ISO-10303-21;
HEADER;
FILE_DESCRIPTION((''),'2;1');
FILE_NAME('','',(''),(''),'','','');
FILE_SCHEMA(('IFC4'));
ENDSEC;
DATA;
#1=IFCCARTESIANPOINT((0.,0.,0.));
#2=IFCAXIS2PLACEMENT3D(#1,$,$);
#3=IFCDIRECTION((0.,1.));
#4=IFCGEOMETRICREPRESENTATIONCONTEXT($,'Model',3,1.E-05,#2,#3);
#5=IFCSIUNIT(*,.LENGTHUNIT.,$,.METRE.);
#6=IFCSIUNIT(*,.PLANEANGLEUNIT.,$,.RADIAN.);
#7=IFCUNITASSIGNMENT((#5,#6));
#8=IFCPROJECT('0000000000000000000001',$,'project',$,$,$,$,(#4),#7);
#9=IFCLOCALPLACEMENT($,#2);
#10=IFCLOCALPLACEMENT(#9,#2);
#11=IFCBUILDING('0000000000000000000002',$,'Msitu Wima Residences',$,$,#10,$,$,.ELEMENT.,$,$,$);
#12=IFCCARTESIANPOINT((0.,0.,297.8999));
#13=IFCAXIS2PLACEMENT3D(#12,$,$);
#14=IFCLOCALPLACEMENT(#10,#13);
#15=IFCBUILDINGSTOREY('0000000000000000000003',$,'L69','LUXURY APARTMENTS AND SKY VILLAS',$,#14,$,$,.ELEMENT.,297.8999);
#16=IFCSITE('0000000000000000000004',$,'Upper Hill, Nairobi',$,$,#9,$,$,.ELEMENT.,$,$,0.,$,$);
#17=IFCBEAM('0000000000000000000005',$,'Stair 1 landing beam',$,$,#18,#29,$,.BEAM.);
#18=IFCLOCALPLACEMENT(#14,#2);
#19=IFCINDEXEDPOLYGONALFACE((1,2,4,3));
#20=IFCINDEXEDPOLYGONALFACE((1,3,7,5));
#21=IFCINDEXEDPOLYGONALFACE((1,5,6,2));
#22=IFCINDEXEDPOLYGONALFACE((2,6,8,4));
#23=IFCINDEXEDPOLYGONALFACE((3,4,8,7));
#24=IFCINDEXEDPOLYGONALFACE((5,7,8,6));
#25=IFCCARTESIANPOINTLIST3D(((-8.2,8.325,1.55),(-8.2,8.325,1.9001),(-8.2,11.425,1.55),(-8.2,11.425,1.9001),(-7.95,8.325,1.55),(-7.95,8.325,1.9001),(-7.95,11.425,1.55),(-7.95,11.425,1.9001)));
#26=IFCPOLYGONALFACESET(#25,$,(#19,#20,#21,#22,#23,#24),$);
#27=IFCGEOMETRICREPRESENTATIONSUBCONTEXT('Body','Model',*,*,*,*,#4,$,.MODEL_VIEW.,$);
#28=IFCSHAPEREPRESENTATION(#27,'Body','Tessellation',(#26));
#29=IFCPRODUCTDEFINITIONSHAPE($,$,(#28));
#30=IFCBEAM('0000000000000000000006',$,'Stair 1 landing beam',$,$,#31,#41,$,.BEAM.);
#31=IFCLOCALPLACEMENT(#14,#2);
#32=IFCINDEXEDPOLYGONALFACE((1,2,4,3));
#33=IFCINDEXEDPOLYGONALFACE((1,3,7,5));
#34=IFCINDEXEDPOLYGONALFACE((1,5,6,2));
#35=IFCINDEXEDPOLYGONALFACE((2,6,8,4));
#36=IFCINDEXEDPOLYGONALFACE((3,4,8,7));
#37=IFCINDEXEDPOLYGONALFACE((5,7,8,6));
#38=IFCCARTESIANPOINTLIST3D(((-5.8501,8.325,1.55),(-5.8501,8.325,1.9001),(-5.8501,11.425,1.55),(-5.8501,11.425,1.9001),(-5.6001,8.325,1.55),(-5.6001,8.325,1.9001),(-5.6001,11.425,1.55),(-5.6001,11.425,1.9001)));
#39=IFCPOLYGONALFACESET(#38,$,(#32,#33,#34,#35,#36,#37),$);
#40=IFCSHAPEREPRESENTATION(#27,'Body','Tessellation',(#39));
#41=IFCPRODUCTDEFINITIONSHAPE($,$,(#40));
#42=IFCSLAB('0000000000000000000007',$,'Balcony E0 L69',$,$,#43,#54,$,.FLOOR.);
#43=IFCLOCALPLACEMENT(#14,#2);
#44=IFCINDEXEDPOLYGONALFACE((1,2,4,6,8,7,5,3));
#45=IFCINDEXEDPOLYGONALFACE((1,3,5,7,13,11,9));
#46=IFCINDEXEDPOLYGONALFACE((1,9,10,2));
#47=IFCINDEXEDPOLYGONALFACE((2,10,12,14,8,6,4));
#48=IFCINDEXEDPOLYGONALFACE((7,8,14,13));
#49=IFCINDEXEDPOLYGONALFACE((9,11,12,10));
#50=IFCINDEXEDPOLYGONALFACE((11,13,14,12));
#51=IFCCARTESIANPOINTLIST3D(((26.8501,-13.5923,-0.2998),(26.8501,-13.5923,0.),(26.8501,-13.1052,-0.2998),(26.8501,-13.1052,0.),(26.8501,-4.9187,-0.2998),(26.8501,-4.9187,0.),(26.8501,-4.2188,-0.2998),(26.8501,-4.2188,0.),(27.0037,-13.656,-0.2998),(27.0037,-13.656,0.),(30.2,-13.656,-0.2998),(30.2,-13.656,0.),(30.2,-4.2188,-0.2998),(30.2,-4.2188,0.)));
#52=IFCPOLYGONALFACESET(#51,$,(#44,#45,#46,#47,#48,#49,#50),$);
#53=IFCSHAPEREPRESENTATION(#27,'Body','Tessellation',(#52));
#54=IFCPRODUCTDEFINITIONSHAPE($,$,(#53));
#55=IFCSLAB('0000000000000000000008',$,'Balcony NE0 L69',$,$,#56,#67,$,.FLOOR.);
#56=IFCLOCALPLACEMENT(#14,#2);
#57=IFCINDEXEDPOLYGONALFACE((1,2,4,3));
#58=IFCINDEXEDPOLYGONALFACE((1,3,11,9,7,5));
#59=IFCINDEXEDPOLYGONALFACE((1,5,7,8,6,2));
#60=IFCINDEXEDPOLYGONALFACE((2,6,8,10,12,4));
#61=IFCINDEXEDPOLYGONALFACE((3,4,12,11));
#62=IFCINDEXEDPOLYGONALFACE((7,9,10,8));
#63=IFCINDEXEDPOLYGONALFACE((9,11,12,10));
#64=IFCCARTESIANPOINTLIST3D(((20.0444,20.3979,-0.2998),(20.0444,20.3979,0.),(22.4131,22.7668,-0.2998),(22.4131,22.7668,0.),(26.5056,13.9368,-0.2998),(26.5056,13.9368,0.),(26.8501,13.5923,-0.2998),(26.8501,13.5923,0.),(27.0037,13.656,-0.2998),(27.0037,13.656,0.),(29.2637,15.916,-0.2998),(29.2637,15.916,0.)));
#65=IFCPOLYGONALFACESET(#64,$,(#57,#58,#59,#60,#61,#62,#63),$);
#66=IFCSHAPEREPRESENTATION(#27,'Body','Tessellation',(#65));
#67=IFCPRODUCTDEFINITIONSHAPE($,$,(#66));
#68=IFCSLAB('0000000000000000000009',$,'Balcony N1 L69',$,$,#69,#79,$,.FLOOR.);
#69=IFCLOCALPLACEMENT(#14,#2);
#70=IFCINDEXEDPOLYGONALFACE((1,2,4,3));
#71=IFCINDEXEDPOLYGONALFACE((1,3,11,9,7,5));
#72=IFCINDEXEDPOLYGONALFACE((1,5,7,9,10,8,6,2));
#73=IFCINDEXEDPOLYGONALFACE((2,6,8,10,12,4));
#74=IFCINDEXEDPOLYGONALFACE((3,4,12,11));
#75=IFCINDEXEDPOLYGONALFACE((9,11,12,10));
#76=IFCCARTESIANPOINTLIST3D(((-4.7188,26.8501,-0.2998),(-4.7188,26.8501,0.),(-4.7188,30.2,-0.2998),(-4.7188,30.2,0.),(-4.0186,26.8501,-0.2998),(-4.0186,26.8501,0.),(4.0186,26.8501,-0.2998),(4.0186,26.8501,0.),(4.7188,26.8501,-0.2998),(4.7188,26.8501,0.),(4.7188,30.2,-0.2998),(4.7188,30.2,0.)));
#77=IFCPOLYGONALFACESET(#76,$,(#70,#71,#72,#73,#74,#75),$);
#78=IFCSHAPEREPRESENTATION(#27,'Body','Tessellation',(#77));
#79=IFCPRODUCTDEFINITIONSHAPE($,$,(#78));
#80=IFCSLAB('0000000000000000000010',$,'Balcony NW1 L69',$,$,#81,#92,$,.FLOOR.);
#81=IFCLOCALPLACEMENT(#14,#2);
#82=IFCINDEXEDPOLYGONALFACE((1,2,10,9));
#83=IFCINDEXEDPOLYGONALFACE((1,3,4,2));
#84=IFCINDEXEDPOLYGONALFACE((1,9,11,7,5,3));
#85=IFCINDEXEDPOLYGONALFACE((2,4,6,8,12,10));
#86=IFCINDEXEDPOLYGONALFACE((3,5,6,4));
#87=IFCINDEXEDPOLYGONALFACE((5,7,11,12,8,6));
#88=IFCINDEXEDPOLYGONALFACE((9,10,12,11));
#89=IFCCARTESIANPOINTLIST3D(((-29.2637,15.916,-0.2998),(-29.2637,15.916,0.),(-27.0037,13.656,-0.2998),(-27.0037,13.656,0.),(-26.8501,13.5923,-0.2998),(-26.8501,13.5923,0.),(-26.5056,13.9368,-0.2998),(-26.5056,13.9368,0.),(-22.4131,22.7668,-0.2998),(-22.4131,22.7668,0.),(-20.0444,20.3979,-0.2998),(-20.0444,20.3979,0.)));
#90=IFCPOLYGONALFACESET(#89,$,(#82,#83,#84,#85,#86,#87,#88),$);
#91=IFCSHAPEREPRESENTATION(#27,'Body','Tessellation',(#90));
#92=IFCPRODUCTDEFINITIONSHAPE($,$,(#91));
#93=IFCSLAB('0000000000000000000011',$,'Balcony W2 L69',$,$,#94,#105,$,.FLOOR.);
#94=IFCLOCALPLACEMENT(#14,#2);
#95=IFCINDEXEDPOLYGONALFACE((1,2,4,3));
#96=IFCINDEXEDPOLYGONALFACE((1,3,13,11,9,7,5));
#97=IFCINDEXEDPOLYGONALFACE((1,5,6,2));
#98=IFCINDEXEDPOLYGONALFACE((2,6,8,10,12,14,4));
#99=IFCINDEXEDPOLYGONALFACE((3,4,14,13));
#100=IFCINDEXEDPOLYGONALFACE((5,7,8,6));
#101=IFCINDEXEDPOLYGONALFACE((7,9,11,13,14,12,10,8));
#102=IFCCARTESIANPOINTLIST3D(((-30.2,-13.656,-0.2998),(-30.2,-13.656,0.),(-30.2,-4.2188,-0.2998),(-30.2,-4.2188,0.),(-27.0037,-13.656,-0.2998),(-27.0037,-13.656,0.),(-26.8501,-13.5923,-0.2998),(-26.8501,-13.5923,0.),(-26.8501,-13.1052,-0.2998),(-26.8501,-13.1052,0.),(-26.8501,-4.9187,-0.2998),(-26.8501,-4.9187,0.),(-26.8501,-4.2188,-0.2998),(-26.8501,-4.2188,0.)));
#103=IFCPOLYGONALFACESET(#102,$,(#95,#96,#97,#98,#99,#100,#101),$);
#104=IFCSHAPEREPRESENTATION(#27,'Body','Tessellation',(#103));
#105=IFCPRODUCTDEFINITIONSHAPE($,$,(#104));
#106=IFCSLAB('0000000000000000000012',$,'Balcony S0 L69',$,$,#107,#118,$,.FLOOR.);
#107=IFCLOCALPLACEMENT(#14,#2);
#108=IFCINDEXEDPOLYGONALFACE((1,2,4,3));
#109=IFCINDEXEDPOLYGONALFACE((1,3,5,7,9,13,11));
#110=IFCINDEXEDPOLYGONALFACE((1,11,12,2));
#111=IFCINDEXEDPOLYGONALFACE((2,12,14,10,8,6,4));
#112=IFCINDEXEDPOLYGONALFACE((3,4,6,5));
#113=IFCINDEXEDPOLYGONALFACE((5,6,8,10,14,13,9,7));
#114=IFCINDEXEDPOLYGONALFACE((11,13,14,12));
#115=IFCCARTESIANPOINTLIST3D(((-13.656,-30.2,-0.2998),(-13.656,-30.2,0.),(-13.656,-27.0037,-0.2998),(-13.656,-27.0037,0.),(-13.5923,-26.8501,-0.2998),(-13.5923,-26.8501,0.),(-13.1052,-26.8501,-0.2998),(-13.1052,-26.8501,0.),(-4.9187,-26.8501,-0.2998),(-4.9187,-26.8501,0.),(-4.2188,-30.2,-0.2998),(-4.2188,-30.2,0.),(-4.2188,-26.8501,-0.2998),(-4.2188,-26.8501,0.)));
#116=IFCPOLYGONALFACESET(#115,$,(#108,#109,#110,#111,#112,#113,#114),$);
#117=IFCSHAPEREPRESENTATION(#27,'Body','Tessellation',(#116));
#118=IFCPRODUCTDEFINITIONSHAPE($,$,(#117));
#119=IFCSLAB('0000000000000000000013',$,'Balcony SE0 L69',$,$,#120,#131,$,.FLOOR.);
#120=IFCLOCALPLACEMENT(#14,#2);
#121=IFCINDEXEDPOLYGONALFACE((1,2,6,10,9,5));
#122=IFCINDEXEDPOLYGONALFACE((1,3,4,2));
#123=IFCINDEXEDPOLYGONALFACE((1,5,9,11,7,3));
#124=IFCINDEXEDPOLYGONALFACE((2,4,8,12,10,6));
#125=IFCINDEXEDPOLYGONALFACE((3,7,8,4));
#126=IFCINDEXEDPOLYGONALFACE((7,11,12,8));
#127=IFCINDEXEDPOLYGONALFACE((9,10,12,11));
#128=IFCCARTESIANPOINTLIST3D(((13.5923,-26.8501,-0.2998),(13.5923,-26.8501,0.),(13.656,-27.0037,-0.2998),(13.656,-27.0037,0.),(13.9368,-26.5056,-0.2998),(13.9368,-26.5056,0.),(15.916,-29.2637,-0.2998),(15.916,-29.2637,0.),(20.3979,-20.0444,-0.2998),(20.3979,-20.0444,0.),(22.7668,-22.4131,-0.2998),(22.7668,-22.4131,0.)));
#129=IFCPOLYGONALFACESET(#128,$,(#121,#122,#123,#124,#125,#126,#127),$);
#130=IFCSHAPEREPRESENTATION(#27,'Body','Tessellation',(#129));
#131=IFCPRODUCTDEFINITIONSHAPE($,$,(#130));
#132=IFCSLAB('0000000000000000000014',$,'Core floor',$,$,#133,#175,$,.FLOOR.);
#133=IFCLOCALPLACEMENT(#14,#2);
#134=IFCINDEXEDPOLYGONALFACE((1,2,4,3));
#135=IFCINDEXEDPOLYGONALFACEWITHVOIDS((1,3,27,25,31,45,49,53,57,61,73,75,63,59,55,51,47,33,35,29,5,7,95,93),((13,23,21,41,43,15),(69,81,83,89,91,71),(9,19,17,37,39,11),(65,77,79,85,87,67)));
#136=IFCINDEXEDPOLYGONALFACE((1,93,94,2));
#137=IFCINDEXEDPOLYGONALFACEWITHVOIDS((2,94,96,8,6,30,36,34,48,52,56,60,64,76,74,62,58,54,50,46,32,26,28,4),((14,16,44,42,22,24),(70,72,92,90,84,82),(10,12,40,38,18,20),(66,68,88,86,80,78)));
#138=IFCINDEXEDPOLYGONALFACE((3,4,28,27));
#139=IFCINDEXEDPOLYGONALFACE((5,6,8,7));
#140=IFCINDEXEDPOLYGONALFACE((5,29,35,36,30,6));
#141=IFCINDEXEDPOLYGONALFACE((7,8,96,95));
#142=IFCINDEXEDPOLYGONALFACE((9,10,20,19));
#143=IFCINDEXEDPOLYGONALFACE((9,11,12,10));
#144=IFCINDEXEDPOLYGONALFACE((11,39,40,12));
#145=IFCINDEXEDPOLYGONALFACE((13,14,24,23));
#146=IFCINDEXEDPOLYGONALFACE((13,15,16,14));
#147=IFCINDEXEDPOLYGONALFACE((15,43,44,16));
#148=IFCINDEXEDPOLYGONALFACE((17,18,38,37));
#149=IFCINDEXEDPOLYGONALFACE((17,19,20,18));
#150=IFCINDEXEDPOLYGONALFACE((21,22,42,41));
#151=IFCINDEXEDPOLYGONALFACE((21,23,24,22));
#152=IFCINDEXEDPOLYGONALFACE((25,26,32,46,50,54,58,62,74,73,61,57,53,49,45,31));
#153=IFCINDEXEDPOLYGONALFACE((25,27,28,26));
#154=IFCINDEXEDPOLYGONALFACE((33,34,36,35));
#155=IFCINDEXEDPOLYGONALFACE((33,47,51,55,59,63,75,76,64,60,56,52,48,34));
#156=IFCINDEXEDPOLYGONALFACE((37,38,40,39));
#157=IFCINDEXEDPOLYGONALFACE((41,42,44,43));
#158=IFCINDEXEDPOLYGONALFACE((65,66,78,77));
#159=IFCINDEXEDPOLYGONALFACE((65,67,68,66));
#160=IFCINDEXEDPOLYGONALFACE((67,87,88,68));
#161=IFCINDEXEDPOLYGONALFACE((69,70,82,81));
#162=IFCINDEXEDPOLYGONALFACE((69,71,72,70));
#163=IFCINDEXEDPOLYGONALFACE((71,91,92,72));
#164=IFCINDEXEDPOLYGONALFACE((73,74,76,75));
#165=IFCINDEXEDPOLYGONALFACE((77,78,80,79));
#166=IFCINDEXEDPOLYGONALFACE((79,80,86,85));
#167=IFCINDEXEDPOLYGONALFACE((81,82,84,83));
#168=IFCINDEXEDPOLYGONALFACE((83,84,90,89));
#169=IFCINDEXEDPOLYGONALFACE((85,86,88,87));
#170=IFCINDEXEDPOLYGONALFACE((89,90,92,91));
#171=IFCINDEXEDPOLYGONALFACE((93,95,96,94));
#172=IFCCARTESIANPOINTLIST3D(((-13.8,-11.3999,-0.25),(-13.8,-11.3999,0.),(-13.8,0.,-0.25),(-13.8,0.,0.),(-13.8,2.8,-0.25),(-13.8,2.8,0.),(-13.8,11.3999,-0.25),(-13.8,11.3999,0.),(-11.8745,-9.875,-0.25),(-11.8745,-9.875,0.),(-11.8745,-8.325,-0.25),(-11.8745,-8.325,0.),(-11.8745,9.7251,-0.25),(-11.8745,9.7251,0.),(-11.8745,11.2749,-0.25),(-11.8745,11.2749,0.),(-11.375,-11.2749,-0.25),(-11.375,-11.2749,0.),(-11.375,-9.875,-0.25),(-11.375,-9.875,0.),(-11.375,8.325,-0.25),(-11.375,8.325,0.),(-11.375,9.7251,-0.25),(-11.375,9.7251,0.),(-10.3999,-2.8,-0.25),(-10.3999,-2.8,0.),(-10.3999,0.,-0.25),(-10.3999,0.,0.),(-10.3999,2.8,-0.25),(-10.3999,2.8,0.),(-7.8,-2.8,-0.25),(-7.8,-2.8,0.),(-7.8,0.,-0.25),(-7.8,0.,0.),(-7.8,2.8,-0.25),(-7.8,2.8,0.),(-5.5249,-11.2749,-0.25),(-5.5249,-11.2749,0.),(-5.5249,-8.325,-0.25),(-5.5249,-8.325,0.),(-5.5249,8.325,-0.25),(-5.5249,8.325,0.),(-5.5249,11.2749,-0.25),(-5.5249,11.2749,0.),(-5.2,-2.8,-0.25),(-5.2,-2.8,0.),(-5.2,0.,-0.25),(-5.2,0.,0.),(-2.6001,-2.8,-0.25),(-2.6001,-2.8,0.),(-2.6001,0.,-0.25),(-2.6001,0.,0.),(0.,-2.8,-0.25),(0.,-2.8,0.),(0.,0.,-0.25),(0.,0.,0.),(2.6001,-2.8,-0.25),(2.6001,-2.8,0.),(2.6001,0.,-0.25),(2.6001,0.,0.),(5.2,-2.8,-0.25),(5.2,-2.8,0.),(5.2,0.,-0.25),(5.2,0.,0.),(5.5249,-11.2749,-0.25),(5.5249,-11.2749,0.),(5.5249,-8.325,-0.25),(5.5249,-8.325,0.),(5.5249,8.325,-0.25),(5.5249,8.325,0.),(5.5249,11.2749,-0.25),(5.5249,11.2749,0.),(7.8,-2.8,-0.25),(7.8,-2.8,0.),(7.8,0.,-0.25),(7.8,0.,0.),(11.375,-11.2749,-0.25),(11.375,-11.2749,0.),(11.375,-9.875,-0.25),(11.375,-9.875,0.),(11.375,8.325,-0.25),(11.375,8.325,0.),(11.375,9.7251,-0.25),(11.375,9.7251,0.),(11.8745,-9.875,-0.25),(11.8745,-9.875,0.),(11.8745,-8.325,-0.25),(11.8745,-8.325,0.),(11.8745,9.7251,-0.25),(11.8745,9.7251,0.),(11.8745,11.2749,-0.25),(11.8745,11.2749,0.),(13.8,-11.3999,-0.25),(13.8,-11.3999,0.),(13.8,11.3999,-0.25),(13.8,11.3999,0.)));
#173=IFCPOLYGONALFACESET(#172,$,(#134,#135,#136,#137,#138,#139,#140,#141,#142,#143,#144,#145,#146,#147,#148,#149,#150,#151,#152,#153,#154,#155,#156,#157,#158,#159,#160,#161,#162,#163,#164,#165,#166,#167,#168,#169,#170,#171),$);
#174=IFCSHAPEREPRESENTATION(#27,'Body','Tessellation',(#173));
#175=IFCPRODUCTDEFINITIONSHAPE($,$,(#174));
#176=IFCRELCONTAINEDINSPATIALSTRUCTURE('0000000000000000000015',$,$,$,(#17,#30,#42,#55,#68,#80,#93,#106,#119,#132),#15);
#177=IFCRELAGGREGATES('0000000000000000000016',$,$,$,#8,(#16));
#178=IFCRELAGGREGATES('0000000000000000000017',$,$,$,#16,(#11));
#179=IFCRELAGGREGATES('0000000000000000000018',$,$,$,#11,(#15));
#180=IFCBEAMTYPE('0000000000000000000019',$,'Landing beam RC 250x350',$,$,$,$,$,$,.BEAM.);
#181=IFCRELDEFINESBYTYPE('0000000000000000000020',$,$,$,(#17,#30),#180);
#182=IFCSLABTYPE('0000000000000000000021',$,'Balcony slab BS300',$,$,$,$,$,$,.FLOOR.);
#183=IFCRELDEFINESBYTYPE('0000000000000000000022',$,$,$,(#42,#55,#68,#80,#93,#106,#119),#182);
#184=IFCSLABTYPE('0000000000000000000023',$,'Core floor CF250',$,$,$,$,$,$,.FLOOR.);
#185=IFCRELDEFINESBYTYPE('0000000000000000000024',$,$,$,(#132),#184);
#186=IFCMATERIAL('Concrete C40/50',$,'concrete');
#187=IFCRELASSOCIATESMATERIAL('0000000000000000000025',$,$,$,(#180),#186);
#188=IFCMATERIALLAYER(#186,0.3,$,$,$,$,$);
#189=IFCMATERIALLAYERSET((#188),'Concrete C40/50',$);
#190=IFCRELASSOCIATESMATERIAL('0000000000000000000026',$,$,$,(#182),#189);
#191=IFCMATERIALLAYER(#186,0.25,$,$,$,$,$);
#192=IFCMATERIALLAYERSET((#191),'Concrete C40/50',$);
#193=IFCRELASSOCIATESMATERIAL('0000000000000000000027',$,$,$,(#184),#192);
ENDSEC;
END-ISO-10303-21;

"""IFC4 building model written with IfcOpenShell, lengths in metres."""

from ifc_helpers import new_model, si_unit, direction, frame, origin, origin_2d, place, context, subcontext, project, spatial, polyline, rectangle, outline, extrude, material, layer, layer_set, material_profile, profile_set, type_object, element, save


model = new_model("IFC4")

# Units and contexts
model_context = context("Model", 3, precision=1e-05, world=origin(), true_north=direction((0.0, 1.0)))
body_context = subcontext(model_context, "Body", "Model", "MODEL_VIEW")
ifc_project = project(units=[si_unit("LENGTHUNIT", "METRE"), si_unit("PLANEANGLEUNIT", "RADIAN")], contexts=[model_context])

# Site, building, storey
site_placement = place(None, origin())
site = spatial("IfcSite", under=ifc_project, at=site_placement, Name="Upper Hill, Nairobi", CompositionType="ELEMENT", RefElevation=0.0)
building_placement = place(site_placement, origin())
building = spatial("IfcBuilding", under=site, at=building_placement, Name="Msitu Wima Residences", CompositionType="ELEMENT")
storey_placement = place(building_placement, frame((0.0, 0.0, 297.8999)))
storey = spatial("IfcBuildingStorey", under=building, at=storey_placement, Name="L69", Description="LUXURY APARTMENTS AND SKY VILLAS", CompositionType="ELEMENT", Elevation=297.8999)

# Beams
ifc_material_1 = material(Name="Concrete C40/50", Category="concrete")
ifc_material_profile = material_profile(ifc_material_1, rectangle(XDim=0.25, YDim=0.3501, at=origin_2d()), Name="RC 250x350")
ifc_profile_set = profile_set([ifc_material_profile], Name="Concrete C40/50")
beam_type = type_object("IfcBeamType", Name="Landing beam RC 250x350", PredefinedType="BEAM", material=ifc_profile_set)
for number, where, z_axis, x_axis, name in (
    (1, (-8.075, 8.325, 1.7251), (0.0, 1.0, 0.0), (-1.0, 0.0, 0.0), "Stair 1 landing beam"),
    (2, (-5.7251, 8.325, 1.7251), (0.0, 1.0, 0.0), (-1.0, 0.0, 0.0), "Stair 1 landing beam"),
):
    element("IfcBeam", number, at=place(storey_placement, frame(where, z_axis=z_axis, x_axis=x_axis)), inside=storey, type_object=beam_type, Name=name, PredefinedType="BEAM", context=body_context, shape_type="SweptSolid", body=[
        extrude(rectangle(XDim=0.25, YDim=0.3501, at=origin_2d()), origin(), (0.0, 0.0, 1.0), 3.1001),
    ])

# Slabs
ifc_layer_1 = layer(ifc_material_1, 0.3)
ifc_layer_set_1 = layer_set([ifc_layer_1], Name="Concrete C40/50")
slab_type_1 = type_object("IfcSlabType", Name="Balcony slab BS300", PredefinedType="FLOOR", material=ifc_layer_set_1)
slab_1_placement = place(storey_placement, frame((0.0, 0.0, -0.2998)))
element("IfcSlab", 3, at=slab_1_placement, inside=storey, type_object=slab_type_1, Name="Balcony E0 L69", PredefinedType="FLOOR", context=body_context, shape_type="SweptSolid", body=[
    extrude(outline(polyline([(26.8501, -13.1052), (26.8501, -13.1052), (26.8501, -4.9187), (26.8501, -4.2188), (30.2, -4.2188), (30.2, -13.656), (27.0037, -13.656), (26.8501, -13.5923), (26.8501, -13.1052), (26.8501, -13.1052)])), origin(), (0.0, 0.0, 1.0), 0.2998),
])
slab_2_placement = place(storey_placement, frame((0.0, 0.0, -0.2998)))
element("IfcSlab", 4, at=slab_2_placement, inside=storey, type_object=slab_type_1, Name="Balcony NE0 L69", PredefinedType="FLOOR", context=body_context, shape_type="SweptSolid", body=[
    extrude(outline(polyline([(26.5056, 13.9368), (26.5056, 13.9368), (20.0444, 20.3979), (22.4131, 22.7668), (29.2637, 15.916), (27.0037, 13.656), (26.8501, 13.5923), (26.5056, 13.9368), (26.5056, 13.9368)])), origin(), (0.0, 0.0, 1.0), 0.2998),
])
slab_3_placement = place(storey_placement, frame((0.0, 0.0, -0.2998)))
element("IfcSlab", 5, at=slab_3_placement, inside=storey, type_object=slab_type_1, Name="Balcony N1 L69", PredefinedType="FLOOR", context=body_context, shape_type="SweptSolid", body=[
    extrude(outline(polyline([(4.0186, 26.8501), (-4.0186, 26.8501), (-4.7188, 26.8501), (-4.7188, 30.2), (4.7188, 30.2), (4.7188, 26.8501), (4.0186, 26.8501)])), origin(), (0.0, 0.0, 1.0), 0.2998),
])
slab_4_placement = place(storey_placement, frame((0.0, 0.0, -0.2998)))
element("IfcSlab", 6, at=slab_4_placement, inside=storey, type_object=slab_type_1, Name="Balcony NW1 L69", PredefinedType="FLOOR", context=body_context, shape_type="SweptSolid", body=[
    extrude(outline(polyline([(-26.5056, 13.9368), (-26.5056, 13.9368), (-26.8501, 13.5923), (-27.0037, 13.656), (-29.2637, 15.916), (-22.4131, 22.7668), (-20.0444, 20.3979), (-26.5056, 13.9368), (-26.5056, 13.9368)])), origin(), (0.0, 0.0, 1.0), 0.2998),
])
slab_5_placement = place(storey_placement, frame((0.0, 0.0, -0.2998)))
element("IfcSlab", 7, at=slab_5_placement, inside=storey, type_object=slab_type_1, Name="Balcony W2 L69", PredefinedType="FLOOR", context=body_context, shape_type="SweptSolid", body=[
    extrude(outline(polyline([(-26.8501, -13.1052), (-26.8501, -13.1052), (-26.8501, -13.1052), (-26.8501, -13.5923), (-27.0037, -13.656), (-30.2, -13.656), (-30.2, -4.2188), (-26.8501, -4.2188), (-26.8501, -4.9187), (-26.8501, -13.1052)])), origin(), (0.0, 0.0, 1.0), 0.2998),
])
slab_6_placement = place(storey_placement, frame((0.0, 0.0, -0.2998)))
element("IfcSlab", 8, at=slab_6_placement, inside=storey, type_object=slab_type_1, Name="Balcony S0 L69", PredefinedType="FLOOR", context=body_context, shape_type="SweptSolid", body=[
    extrude(outline(polyline([(-13.1052, -26.8501), (-13.1052, -26.8501), (-4.9187, -26.8501), (-4.2188, -26.8501), (-4.2188, -30.2), (-13.656, -30.2), (-13.656, -27.0037), (-13.5923, -26.8501), (-13.1052, -26.8501), (-13.1052, -26.8501)])), origin(), (0.0, 0.0, 1.0), 0.2998),
])
slab_7_placement = place(storey_placement, frame((0.0, 0.0, -0.2998)))
element("IfcSlab", 9, at=slab_7_placement, inside=storey, type_object=slab_type_1, Name="Balcony SE0 L69", PredefinedType="FLOOR", context=body_context, shape_type="SweptSolid", body=[
    extrude(outline(polyline([(13.9368, -26.5056), (13.9368, -26.5056), (20.3979, -20.0444), (22.7668, -22.4131), (15.916, -29.2637), (13.656, -27.0037), (13.5923, -26.8501), (13.9368, -26.5056), (13.9368, -26.5056)])), origin(), (0.0, 0.0, 1.0), 0.2998),
])
ifc_layer_2 = layer(ifc_material_1, 0.25)
ifc_layer_set_2 = layer_set([ifc_layer_2], Name="Concrete C40/50")
slab_type_2 = type_object("IfcSlabType", Name="Core floor CF250", PredefinedType="FLOOR", material=ifc_layer_set_2)
slab_8_placement = place(storey_placement, frame((0.0, 0.0, -0.25)))
element("IfcSlab", 10, at=slab_8_placement, inside=storey, type_object=slab_type_2, Name="Core floor", PredefinedType="FLOOR", context=body_context, shape_type="SweptSolid", body=[
    extrude(outline(polyline([(-13.8, 11.3999), (-13.8, 2.8), (-10.3999, 2.8), (-7.8, 2.8), (-7.8, 0.0), (-5.2, 0.0), (-2.6001, 0.0), (0.0, 0.0), (2.6001, 0.0), (5.2, 0.0), (7.8, 0.0), (7.8, -2.8), (5.2, -2.8), (2.6001, -2.8), (0.0, -2.8), (-2.6001, -2.8), (-5.2, -2.8), (-7.8, -2.8), (-10.3999, -2.8), (-10.3999, 0.0), (-13.8, 0.0), (-13.8, -11.3999), (13.8, -11.3999), (13.8, 11.3999), (-13.8, 11.3999)]), holes=[polyline([(-11.375, -11.2749), (-11.375, -9.875), (-11.8745, -9.875), (-11.8745, -8.325), (-5.5249, -8.325), (-5.5249, -11.2749), (-11.375, -11.2749)]), polyline([(-11.375, 8.325), (-11.375, 9.7251), (-11.8745, 9.7251), (-11.8745, 11.2749), (-5.5249, 11.2749), (-5.5249, 8.325), (-11.375, 8.325)]), polyline([(11.375, -9.875), (11.375, -11.2749), (5.5249, -11.2749), (5.5249, -8.325), (11.8745, -8.325), (11.8745, -9.875), (11.375, -9.875)]), polyline([(11.375, 9.7251), (11.375, 8.325), (5.5249, 8.325), (5.5249, 11.2749), (11.8745, 11.2749), (11.8745, 9.7251), (11.375, 9.7251)])]), origin(), (0.0, 0.0, 1.0), 0.25),
])

save(model, "model.ifc")
